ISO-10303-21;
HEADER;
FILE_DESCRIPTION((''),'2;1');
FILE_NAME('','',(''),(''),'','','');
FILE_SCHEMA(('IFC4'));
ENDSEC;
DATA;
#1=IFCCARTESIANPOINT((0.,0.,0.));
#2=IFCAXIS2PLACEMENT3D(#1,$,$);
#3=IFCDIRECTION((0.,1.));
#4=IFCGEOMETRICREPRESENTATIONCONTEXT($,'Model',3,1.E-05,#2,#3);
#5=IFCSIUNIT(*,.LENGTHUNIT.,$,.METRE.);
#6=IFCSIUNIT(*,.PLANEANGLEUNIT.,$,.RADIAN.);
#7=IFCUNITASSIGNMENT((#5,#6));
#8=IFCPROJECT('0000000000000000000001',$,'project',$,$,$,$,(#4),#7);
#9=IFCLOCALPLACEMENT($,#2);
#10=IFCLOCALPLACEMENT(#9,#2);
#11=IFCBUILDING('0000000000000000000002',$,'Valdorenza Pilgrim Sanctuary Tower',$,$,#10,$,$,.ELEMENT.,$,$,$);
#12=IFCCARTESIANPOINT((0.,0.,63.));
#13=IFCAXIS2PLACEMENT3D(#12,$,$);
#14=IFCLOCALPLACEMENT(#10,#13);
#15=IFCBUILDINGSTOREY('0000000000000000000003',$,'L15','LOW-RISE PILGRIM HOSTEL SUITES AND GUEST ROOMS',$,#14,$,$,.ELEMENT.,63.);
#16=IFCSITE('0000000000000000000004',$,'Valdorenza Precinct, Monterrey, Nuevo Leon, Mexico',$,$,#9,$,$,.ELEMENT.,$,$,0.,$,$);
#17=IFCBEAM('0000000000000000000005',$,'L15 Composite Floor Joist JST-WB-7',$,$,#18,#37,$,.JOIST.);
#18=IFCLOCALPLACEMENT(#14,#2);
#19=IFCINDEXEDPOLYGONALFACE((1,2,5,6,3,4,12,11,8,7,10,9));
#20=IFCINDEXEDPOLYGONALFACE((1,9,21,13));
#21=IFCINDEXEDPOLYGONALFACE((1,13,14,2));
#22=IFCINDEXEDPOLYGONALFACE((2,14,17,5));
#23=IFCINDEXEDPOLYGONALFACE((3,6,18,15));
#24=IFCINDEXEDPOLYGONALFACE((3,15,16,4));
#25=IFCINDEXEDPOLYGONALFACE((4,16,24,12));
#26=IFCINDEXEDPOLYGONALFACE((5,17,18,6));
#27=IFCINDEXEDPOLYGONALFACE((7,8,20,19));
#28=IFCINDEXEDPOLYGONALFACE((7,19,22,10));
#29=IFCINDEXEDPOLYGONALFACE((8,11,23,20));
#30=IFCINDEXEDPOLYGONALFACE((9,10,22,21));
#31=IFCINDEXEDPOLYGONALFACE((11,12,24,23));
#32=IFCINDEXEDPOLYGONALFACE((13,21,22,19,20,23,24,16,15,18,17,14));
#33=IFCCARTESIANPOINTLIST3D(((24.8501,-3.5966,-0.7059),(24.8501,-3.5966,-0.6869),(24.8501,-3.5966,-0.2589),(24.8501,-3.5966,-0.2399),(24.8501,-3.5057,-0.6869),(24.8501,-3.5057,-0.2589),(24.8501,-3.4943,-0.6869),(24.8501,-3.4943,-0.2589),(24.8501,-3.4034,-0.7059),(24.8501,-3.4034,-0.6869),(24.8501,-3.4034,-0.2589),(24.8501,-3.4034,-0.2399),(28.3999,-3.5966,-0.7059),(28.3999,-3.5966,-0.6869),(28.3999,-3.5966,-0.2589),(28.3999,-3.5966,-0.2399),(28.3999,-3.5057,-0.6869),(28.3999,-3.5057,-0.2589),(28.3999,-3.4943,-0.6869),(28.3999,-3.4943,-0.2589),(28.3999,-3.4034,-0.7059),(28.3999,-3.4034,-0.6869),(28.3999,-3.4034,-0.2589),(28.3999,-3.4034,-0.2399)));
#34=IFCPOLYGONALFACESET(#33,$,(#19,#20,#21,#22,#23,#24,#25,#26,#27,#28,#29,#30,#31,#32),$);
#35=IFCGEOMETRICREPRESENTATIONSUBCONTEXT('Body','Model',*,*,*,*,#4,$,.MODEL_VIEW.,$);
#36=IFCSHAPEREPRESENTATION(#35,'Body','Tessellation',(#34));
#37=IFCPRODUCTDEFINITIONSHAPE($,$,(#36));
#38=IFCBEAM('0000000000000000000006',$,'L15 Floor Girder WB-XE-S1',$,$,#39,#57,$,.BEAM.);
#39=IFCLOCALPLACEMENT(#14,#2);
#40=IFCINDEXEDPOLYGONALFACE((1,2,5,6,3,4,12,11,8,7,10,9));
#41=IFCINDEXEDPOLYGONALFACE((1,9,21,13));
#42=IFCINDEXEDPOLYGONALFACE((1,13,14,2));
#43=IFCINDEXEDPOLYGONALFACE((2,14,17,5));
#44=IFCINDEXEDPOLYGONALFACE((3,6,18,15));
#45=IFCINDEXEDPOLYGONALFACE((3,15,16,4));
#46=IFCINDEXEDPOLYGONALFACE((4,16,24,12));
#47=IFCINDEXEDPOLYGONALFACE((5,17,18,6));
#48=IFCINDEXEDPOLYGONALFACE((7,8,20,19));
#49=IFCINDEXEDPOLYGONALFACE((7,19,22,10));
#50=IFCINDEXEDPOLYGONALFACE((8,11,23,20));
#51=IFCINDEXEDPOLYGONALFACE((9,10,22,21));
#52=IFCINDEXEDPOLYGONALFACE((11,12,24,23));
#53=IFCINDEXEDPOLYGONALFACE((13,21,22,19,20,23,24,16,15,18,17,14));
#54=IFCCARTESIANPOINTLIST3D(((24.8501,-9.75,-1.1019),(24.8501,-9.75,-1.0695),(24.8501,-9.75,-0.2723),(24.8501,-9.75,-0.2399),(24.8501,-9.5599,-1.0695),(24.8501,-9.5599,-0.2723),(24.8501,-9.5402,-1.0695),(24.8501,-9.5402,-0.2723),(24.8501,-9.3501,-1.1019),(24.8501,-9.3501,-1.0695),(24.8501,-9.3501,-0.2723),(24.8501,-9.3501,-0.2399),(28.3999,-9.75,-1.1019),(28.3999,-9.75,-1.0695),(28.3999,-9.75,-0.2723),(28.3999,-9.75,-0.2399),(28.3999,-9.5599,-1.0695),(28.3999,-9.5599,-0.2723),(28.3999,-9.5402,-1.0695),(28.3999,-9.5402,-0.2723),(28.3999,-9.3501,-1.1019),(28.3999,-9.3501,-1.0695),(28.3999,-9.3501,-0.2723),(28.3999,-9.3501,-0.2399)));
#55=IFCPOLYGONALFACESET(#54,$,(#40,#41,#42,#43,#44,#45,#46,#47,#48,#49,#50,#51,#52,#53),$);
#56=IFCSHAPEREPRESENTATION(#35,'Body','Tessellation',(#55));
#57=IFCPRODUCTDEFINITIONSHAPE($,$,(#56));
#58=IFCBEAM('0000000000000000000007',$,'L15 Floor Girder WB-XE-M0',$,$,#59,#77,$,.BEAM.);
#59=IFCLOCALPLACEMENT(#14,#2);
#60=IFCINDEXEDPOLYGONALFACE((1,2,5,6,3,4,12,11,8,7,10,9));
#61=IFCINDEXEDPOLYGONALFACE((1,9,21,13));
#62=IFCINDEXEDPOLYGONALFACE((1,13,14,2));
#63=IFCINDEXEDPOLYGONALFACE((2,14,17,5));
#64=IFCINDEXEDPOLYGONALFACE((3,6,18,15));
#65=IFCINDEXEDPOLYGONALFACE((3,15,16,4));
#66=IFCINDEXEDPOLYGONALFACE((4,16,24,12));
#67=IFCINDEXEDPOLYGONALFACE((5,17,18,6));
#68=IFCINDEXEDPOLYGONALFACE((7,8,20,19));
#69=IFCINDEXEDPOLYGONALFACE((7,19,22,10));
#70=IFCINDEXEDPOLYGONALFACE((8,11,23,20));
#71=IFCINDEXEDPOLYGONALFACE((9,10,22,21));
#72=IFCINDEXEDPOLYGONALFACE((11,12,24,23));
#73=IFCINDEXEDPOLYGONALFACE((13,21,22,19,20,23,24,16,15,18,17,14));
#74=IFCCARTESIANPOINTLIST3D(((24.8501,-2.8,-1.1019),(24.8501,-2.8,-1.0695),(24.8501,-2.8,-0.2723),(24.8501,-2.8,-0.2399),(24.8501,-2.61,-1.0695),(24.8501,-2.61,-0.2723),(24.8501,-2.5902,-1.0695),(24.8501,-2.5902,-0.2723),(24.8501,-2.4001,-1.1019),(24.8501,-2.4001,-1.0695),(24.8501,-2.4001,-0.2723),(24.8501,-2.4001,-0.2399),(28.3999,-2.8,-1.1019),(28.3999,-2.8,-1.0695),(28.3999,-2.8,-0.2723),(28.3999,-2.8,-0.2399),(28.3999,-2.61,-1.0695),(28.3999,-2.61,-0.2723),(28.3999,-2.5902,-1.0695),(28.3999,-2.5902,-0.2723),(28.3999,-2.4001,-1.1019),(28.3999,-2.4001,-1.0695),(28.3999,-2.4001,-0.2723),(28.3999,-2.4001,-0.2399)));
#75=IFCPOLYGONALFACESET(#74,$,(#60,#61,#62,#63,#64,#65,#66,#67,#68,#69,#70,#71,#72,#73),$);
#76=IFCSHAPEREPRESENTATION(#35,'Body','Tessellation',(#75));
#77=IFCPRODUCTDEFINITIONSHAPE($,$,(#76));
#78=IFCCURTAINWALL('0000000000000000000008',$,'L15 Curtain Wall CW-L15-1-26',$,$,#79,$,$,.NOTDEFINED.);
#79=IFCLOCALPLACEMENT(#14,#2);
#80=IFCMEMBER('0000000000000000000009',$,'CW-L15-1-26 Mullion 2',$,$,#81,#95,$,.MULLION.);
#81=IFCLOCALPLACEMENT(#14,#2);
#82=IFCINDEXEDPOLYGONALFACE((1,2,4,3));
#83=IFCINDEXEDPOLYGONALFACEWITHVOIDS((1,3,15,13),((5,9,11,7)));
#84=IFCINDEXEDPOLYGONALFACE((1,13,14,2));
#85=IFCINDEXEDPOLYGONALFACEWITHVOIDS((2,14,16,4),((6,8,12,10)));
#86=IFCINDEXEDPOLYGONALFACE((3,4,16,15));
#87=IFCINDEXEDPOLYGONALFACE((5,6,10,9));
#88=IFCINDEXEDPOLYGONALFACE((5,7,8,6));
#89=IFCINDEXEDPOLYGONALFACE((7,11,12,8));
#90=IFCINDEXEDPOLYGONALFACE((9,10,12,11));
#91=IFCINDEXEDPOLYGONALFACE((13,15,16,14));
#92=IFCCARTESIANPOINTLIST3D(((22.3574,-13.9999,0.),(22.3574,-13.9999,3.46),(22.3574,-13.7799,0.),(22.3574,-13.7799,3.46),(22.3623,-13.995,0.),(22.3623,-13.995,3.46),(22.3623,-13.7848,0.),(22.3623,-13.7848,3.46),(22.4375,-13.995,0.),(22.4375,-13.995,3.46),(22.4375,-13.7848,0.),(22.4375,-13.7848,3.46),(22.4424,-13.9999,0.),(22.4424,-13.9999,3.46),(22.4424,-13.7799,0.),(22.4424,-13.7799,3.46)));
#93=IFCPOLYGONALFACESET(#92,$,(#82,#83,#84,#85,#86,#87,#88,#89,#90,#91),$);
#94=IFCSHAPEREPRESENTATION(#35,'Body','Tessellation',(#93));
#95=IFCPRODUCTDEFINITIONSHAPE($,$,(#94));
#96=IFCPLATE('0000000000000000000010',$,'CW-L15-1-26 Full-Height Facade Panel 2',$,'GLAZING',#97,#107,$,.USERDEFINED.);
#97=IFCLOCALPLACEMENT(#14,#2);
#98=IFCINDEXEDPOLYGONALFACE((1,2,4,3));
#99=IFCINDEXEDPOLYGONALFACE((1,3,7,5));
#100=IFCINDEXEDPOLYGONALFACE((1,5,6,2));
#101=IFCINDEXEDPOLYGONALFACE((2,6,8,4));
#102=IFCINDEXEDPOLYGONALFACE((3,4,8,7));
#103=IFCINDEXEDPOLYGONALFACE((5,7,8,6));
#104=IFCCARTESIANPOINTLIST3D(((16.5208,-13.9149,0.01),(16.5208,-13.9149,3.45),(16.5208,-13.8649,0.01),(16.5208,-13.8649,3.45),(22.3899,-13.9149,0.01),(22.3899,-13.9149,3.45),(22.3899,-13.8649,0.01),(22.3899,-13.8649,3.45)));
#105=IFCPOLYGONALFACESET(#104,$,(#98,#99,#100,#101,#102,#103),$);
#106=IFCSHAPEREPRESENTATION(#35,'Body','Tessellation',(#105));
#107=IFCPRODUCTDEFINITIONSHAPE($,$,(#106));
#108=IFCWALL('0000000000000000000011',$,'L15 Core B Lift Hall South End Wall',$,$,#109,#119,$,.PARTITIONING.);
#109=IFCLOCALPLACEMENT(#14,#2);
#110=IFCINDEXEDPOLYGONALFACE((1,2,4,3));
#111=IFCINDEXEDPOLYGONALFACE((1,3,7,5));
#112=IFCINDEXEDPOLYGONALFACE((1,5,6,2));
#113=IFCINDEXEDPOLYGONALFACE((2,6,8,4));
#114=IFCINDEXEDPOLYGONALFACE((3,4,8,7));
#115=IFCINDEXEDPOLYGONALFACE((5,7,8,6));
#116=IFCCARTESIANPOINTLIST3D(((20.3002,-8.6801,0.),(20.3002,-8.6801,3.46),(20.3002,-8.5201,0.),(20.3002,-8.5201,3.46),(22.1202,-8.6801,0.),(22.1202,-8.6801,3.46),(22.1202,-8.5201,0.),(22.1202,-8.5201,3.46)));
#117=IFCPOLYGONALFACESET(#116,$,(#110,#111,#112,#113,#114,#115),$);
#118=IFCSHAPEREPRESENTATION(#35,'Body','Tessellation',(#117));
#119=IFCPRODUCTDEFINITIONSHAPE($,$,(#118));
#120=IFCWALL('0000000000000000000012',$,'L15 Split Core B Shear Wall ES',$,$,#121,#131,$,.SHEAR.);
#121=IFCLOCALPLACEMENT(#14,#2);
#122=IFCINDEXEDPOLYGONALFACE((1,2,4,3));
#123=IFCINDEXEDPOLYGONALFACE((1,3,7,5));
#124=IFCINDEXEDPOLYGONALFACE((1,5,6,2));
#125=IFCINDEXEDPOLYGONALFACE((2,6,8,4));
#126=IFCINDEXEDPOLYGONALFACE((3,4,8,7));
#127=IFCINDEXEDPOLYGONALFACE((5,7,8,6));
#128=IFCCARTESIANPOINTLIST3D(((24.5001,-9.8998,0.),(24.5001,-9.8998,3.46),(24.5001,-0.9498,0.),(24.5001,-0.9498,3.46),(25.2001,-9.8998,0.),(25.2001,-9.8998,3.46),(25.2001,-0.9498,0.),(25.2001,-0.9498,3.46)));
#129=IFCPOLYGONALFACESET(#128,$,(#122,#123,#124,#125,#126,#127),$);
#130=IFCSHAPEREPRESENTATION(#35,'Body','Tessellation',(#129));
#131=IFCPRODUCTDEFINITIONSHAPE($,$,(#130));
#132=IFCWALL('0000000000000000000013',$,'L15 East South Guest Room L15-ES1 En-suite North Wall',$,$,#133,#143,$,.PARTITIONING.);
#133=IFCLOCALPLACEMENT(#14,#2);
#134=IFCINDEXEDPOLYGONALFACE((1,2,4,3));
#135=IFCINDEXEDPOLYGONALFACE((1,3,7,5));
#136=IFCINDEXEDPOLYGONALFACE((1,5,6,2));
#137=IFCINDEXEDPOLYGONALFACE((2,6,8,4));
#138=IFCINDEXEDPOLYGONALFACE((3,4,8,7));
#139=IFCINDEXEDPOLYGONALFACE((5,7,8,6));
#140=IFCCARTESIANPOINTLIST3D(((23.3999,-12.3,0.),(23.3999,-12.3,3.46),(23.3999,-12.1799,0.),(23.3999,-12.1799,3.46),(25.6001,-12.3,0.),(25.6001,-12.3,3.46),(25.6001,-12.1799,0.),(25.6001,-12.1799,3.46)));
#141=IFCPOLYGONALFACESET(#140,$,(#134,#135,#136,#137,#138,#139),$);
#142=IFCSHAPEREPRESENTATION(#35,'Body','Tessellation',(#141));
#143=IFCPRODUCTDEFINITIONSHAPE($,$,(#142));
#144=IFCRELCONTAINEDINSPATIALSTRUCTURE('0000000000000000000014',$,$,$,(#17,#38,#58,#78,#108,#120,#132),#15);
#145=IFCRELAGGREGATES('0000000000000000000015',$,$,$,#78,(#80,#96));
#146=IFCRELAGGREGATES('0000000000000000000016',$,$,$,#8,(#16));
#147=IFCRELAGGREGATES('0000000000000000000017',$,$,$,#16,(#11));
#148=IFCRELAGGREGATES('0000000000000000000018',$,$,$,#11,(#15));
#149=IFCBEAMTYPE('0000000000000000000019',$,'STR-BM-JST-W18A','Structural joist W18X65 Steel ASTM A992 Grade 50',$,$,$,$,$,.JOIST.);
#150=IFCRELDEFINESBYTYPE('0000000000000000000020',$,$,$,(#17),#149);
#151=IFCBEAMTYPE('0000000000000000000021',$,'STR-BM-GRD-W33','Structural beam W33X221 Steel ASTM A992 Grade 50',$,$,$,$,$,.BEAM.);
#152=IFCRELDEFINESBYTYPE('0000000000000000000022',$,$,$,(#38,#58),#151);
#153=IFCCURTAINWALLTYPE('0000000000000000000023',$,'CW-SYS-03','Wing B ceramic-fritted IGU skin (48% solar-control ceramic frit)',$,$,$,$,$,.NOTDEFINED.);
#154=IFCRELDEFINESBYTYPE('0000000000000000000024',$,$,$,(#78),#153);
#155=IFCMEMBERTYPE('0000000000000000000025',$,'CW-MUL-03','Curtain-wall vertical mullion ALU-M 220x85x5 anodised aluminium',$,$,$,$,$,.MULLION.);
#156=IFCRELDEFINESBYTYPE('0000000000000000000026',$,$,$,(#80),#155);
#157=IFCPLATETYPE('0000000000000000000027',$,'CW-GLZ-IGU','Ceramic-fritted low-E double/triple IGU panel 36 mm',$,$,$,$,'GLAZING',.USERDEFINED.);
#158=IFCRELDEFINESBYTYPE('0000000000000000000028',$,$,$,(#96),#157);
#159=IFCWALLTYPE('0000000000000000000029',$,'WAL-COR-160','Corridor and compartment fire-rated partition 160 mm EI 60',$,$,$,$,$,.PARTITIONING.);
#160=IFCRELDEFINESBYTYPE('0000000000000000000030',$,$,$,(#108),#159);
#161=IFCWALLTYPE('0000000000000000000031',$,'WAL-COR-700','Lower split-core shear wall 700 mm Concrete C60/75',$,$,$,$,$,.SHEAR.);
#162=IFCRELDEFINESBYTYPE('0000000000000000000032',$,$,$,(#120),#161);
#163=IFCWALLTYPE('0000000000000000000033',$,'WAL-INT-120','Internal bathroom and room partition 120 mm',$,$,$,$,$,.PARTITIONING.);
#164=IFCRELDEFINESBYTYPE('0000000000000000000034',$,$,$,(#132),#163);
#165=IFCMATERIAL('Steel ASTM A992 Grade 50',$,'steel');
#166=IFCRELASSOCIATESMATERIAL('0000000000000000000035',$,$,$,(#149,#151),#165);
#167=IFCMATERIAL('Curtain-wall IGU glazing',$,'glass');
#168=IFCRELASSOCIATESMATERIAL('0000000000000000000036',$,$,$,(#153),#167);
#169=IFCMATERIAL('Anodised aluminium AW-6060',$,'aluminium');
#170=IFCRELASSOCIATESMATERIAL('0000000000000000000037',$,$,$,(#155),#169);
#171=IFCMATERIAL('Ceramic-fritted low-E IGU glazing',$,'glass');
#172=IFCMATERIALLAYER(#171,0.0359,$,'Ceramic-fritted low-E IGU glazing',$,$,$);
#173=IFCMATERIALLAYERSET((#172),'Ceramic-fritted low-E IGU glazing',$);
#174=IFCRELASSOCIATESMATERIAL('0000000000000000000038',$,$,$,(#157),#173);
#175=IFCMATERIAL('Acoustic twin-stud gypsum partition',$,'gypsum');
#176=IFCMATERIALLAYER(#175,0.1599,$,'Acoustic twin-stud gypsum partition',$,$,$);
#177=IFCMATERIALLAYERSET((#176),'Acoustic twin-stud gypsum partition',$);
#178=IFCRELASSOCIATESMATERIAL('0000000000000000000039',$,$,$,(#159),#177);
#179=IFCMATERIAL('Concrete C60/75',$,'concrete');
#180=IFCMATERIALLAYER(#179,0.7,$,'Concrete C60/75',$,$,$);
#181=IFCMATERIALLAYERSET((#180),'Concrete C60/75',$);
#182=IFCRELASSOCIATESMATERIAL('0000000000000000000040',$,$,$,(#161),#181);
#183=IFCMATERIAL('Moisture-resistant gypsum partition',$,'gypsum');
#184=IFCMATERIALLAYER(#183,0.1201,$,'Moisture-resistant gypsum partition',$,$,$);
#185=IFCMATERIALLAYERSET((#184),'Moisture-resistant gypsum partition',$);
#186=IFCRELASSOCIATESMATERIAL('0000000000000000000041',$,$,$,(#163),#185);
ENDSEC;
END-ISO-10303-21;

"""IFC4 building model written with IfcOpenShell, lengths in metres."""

from ifc_helpers import new_model, si_unit, direction, frame, frame_2d, origin, origin_2d, place, context, subcontext, project, spatial, rectangle, hollow_rectangle, i_section, extrude, source, transform, mapped, material, layer, layer_set, material_profile, profile_set, type_object, element, aggregate, save


model = new_model("IFC4")

# Units and contexts
model_context = context("Model", 3, precision=1e-05, world=origin(), true_north=direction((0.0, 1.0)))
body_context = subcontext(model_context, "Body", "Model", "MODEL_VIEW")
ifc_project = project(units=[si_unit("LENGTHUNIT", "METRE"), si_unit("PLANEANGLEUNIT", "RADIAN")], contexts=[model_context])

# Site, building, storey
site_placement = place(None, origin())
site = spatial("IfcSite", under=ifc_project, at=site_placement, Name="Valdorenza Precinct, Monterrey, Nuevo Leon, Mexico", CompositionType="ELEMENT", RefElevation=0.0)
building_placement = place(site_placement, origin())
building = spatial("IfcBuilding", under=site, at=building_placement, Name="Valdorenza Pilgrim Sanctuary Tower", CompositionType="ELEMENT")
storey_placement = place(building_placement, frame((0.0, 0.0, 63.0)))
storey = spatial("IfcBuildingStorey", under=building, at=storey_placement, Name="L15", Description="LOW-RISE PILGRIM HOSTEL SUITES AND GUEST ROOMS", CompositionType="ELEMENT", Elevation=63.0)

# Shared definitions
ifc_material_1 = material(Name="Concrete C60/75", Category="concrete")

# Beams
ifc_material_2 = material(Name="Steel ASTM A992 Grade 50", Category="steel")
ifc_material_profile_1 = material_profile(ifc_material_2, i_section(OverallWidth=0.1931, OverallDepth=0.4661, WebThickness=0.0115, FlangeThickness=0.019, at=origin_2d()), Name="W18X65")
ifc_profile_set_1 = profile_set([ifc_material_profile_1], Name="Steel ASTM A992 Grade 50")
beam_type_1 = type_object("IfcBeamType", Name="STR-BM-JST-W18A", Description="Structural joist W18X65 Steel ASTM A992 Grade 50", PredefinedType="JOIST", material=ifc_profile_set_1)
shared_shape_1 = source(origin(), body_context, "Body", "SweptSolid", [
    extrude(i_section(OverallWidth=0.1931, OverallDepth=0.4661, WebThickness=0.0115, FlangeThickness=0.019, at=origin_2d()), origin(), (0.0, 0.0, 1.0), 3.5498),
])
for number, where, z_axis, x_axis, name in (
    (1, (24.8501, -3.5, -0.4729), (1.0, 0.0, 0.0), (0.0, 1.0, 0.0), "L15 Composite Floor Joist JST-WB-7"),
):
    element("IfcBeam", number, at=place(storey_placement, frame(where, z_axis=z_axis, x_axis=x_axis)), inside=storey, type_object=beam_type_1, Name=name, PredefinedType="JOIST", context=body_context, shape_type="MappedRepresentation", body=[
        mapped(shared_shape_1, transform((0.0, 0.0, 0.0), x_axis=(1.0, 0.0, 0.0), y_axis=(0.0, 1.0, 0.0), z_axis=(0.0, 0.0, 1.0), scale=1.0)),
    ])
ifc_material_profile_2 = material_profile(ifc_material_2, i_section(OverallWidth=0.3999, OverallDepth=0.8621, WebThickness=0.0198, FlangeThickness=0.0325, at=origin_2d()), Name="W33X221")
ifc_profile_set_2 = profile_set([ifc_material_profile_2], Name="Steel ASTM A992 Grade 50")
beam_type_2 = type_object("IfcBeamType", Name="STR-BM-GRD-W33", Description="Structural beam W33X221 Steel ASTM A992 Grade 50", PredefinedType="BEAM", material=ifc_profile_set_2)
shared_shape_2 = source(origin(), body_context, "Body", "SweptSolid", [
    extrude(i_section(OverallWidth=0.3999, OverallDepth=0.8621, WebThickness=0.0198, FlangeThickness=0.0325, at=origin_2d()), origin(), (0.0, 0.0, 1.0), 3.5498),
])
for number, where, z_axis, x_axis, name in (
    (2, (24.8501, -9.55, -0.6709), (1.0, 0.0, 0.0), (0.0, 1.0, 0.0), "L15 Floor Girder WB-XE-S1"),
    (3, (24.8501, -2.6001, -0.6709), (1.0, 0.0, 0.0), (0.0, 1.0, 0.0), "L15 Floor Girder WB-XE-M0"),
):
    element("IfcBeam", number, at=place(storey_placement, frame(where, z_axis=z_axis, x_axis=x_axis)), inside=storey, type_object=beam_type_2, Name=name, PredefinedType="BEAM", context=body_context, shape_type="MappedRepresentation", body=[
        mapped(shared_shape_2, transform((0.0, 0.0, 0.0), x_axis=(1.0, 0.0, 0.0), y_axis=(0.0, 1.0, 0.0), z_axis=(0.0, 0.0, 1.0), scale=1.0)),
    ])

# Curtain wall, member, plate
ifc_material_3 = material(Name="Curtain-wall IGU glazing", Category="glass")
curtain_wall_type = type_object("IfcCurtainWallType", Name="CW-SYS-03", Description="Wing B ceramic-fritted IGU skin (48% solar-control ceramic frit)", PredefinedType="NOTDEFINED", material=ifc_material_3)
curtain_wall_placement = place(storey_placement, origin())
curtain_wall = element("IfcCurtainWall", 4, at=curtain_wall_placement, inside=storey, type_object=curtain_wall_type, Name="L15 Curtain Wall CW-L15-1-26", PredefinedType="NOTDEFINED")
ifc_material_4 = material(Name="Anodised aluminium AW-6060", Category="aluminium")
ifc_material_profile_3 = material_profile(ifc_material_4, hollow_rectangle(XDim=0.085, YDim=0.22, WallThickness=0.0049, at=origin_2d()), Name="ALU-M 220x85x5")
ifc_profile_set_3 = profile_set([ifc_material_profile_3], Name="Anodised aluminium AW-6060")
member_type = type_object("IfcMemberType", Name="CW-MUL-03", Description="Curtain-wall vertical mullion ALU-M 220x85x5 anodised aluminium", PredefinedType="MULLION", material=ifc_profile_set_3)
shared_shape_3 = source(origin(), body_context, "Body", "SweptSolid", [
    extrude(hollow_rectangle(XDim=0.085, YDim=0.22, WallThickness=0.0049, at=origin_2d()), origin(), (0.0, 0.0, 1.0), 3.46),
])
member_placement = place(storey_placement, frame((22.3999, -13.8899, 0.0), z_axis=(0.0, 0.0, 1.0), x_axis=(-1.0, 0.0, 0.0)))
member = element("IfcMember", 5, at=member_placement, type_object=member_type, Name="CW-L15-1-26 Mullion 2", PredefinedType="MULLION", context=body_context, shape_type="MappedRepresentation", body=[
    mapped(shared_shape_3, transform((0.0, 0.0, 0.0), x_axis=(1.0, 0.0, 0.0), y_axis=(0.0, 1.0, 0.0), z_axis=(0.0, 0.0, 1.0), scale=1.0)),
])
ifc_material_5 = material(Name="Ceramic-fritted low-E IGU glazing", Category="glass")
ifc_layer_1 = layer(ifc_material_5, 0.0359, Name="Ceramic-fritted low-E IGU glazing")
ifc_layer_set_1 = layer_set([ifc_layer_1], Name="Ceramic-fritted low-E IGU glazing")
plate_type = type_object("IfcPlateType", Name="CW-GLZ-IGU", Description="Ceramic-fritted low-E double/triple IGU panel 36 mm", ElementType="GLAZING", PredefinedType="USERDEFINED", material=ifc_layer_set_1)
shared_shape_4 = source(origin(), body_context, "Body", "SweptSolid", [
    extrude(rectangle(XDim=5.8691, YDim=0.05, at=origin_2d()), origin(), (0.0, 0.0, 1.0), 3.4399),
])
plate_placement = place(storey_placement, frame((19.4553, -13.8899, 0.01), z_axis=(0.0, 0.0, 1.0), x_axis=(-1.0, 0.0, 0.0)))
plate = element("IfcPlate", 6, at=plate_placement, type_object=plate_type, Name="CW-L15-1-26 Full-Height Facade Panel 2", ObjectType="GLAZING", PredefinedType="USERDEFINED", context=body_context, shape_type="MappedRepresentation", body=[
    mapped(shared_shape_4, transform((0.0, 0.0, 0.0), x_axis=(1.0, 0.0, 0.0), y_axis=(0.0, 1.0, 0.0), z_axis=(0.0, 0.0, 1.0), scale=1.0)),
])
aggregate(curtain_wall, [member, plate])

# Walls
ifc_material_6 = material(Name="Acoustic twin-stud gypsum partition", Category="gypsum")
ifc_layer_2 = layer(ifc_material_6, 0.1599, Name="Acoustic twin-stud gypsum partition")
ifc_layer_set_2 = layer_set([ifc_layer_2], Name="Acoustic twin-stud gypsum partition")
wall_type_1 = type_object("IfcWallType", Name="WAL-COR-160", Description="Corridor and compartment fire-rated partition 160 mm EI 60", PredefinedType="PARTITIONING", material=ifc_layer_set_2)
wall_1_placement = place(storey_placement, frame((20.3, -8.6001, 0.0), z_axis=(0.0, 0.0, 1.0), x_axis=(1.0, 0.0, 0.0)))
element("IfcWall", 7, at=wall_1_placement, inside=storey, type_object=wall_type_1, Name="L15 Core B Lift Hall South End Wall", PredefinedType="PARTITIONING", context=body_context, shape_type="SweptSolid", body=[
    extrude(rectangle(XDim=1.8201, YDim=0.1599, at=frame_2d((0.9102, 0.0))), origin(), (0.0, 0.0, 1.0), 3.46),
])
ifc_layer_3 = layer(ifc_material_1, 0.7, Name="Concrete C60/75")
ifc_layer_set_3 = layer_set([ifc_layer_3], Name="Concrete C60/75")
wall_type_2 = type_object("IfcWallType", Name="WAL-COR-700", Description="Lower split-core shear wall 700 mm Concrete C60/75", PredefinedType="SHEAR", material=ifc_layer_set_3)
wall_2_placement = place(storey_placement, frame((24.8501, -9.8999, 0.0), z_axis=(0.0, 0.0, 1.0), x_axis=(0.0, 1.0, 0.0)))
element("IfcWall", 8, at=wall_2_placement, inside=storey, type_object=wall_type_2, Name="L15 Split Core B Shear Wall ES", PredefinedType="SHEAR", context=body_context, shape_type="SweptSolid", body=[
    extrude(rectangle(XDim=8.95, YDim=0.7, at=frame_2d((4.4751, 0.0))), origin(), (0.0, 0.0, 1.0), 3.46),
])
ifc_material_7 = material(Name="Moisture-resistant gypsum partition", Category="gypsum")
ifc_layer_4 = layer(ifc_material_7, 0.1201, Name="Moisture-resistant gypsum partition")
ifc_layer_set_4 = layer_set([ifc_layer_4], Name="Moisture-resistant gypsum partition")
wall_type_3 = type_object("IfcWallType", Name="WAL-INT-120", Description="Internal bathroom and room partition 120 mm", PredefinedType="PARTITIONING", material=ifc_layer_set_4)
wall_3_placement = place(storey_placement, frame((23.3999, -12.24, 0.0), z_axis=(0.0, 0.0, 1.0), x_axis=(1.0, 0.0, 0.0)))
element("IfcWall", 9, at=wall_3_placement, inside=storey, type_object=wall_type_3, Name="L15 East South Guest Room L15-ES1 En-suite North Wall", PredefinedType="PARTITIONING", context=body_context, shape_type="SweptSolid", body=[
    extrude(rectangle(XDim=2.2002, YDim=0.1201, at=frame_2d((1.1001, 0.0))), origin(), (0.0, 0.0, 1.0), 3.46),
])

save(model, "model.ifc")
